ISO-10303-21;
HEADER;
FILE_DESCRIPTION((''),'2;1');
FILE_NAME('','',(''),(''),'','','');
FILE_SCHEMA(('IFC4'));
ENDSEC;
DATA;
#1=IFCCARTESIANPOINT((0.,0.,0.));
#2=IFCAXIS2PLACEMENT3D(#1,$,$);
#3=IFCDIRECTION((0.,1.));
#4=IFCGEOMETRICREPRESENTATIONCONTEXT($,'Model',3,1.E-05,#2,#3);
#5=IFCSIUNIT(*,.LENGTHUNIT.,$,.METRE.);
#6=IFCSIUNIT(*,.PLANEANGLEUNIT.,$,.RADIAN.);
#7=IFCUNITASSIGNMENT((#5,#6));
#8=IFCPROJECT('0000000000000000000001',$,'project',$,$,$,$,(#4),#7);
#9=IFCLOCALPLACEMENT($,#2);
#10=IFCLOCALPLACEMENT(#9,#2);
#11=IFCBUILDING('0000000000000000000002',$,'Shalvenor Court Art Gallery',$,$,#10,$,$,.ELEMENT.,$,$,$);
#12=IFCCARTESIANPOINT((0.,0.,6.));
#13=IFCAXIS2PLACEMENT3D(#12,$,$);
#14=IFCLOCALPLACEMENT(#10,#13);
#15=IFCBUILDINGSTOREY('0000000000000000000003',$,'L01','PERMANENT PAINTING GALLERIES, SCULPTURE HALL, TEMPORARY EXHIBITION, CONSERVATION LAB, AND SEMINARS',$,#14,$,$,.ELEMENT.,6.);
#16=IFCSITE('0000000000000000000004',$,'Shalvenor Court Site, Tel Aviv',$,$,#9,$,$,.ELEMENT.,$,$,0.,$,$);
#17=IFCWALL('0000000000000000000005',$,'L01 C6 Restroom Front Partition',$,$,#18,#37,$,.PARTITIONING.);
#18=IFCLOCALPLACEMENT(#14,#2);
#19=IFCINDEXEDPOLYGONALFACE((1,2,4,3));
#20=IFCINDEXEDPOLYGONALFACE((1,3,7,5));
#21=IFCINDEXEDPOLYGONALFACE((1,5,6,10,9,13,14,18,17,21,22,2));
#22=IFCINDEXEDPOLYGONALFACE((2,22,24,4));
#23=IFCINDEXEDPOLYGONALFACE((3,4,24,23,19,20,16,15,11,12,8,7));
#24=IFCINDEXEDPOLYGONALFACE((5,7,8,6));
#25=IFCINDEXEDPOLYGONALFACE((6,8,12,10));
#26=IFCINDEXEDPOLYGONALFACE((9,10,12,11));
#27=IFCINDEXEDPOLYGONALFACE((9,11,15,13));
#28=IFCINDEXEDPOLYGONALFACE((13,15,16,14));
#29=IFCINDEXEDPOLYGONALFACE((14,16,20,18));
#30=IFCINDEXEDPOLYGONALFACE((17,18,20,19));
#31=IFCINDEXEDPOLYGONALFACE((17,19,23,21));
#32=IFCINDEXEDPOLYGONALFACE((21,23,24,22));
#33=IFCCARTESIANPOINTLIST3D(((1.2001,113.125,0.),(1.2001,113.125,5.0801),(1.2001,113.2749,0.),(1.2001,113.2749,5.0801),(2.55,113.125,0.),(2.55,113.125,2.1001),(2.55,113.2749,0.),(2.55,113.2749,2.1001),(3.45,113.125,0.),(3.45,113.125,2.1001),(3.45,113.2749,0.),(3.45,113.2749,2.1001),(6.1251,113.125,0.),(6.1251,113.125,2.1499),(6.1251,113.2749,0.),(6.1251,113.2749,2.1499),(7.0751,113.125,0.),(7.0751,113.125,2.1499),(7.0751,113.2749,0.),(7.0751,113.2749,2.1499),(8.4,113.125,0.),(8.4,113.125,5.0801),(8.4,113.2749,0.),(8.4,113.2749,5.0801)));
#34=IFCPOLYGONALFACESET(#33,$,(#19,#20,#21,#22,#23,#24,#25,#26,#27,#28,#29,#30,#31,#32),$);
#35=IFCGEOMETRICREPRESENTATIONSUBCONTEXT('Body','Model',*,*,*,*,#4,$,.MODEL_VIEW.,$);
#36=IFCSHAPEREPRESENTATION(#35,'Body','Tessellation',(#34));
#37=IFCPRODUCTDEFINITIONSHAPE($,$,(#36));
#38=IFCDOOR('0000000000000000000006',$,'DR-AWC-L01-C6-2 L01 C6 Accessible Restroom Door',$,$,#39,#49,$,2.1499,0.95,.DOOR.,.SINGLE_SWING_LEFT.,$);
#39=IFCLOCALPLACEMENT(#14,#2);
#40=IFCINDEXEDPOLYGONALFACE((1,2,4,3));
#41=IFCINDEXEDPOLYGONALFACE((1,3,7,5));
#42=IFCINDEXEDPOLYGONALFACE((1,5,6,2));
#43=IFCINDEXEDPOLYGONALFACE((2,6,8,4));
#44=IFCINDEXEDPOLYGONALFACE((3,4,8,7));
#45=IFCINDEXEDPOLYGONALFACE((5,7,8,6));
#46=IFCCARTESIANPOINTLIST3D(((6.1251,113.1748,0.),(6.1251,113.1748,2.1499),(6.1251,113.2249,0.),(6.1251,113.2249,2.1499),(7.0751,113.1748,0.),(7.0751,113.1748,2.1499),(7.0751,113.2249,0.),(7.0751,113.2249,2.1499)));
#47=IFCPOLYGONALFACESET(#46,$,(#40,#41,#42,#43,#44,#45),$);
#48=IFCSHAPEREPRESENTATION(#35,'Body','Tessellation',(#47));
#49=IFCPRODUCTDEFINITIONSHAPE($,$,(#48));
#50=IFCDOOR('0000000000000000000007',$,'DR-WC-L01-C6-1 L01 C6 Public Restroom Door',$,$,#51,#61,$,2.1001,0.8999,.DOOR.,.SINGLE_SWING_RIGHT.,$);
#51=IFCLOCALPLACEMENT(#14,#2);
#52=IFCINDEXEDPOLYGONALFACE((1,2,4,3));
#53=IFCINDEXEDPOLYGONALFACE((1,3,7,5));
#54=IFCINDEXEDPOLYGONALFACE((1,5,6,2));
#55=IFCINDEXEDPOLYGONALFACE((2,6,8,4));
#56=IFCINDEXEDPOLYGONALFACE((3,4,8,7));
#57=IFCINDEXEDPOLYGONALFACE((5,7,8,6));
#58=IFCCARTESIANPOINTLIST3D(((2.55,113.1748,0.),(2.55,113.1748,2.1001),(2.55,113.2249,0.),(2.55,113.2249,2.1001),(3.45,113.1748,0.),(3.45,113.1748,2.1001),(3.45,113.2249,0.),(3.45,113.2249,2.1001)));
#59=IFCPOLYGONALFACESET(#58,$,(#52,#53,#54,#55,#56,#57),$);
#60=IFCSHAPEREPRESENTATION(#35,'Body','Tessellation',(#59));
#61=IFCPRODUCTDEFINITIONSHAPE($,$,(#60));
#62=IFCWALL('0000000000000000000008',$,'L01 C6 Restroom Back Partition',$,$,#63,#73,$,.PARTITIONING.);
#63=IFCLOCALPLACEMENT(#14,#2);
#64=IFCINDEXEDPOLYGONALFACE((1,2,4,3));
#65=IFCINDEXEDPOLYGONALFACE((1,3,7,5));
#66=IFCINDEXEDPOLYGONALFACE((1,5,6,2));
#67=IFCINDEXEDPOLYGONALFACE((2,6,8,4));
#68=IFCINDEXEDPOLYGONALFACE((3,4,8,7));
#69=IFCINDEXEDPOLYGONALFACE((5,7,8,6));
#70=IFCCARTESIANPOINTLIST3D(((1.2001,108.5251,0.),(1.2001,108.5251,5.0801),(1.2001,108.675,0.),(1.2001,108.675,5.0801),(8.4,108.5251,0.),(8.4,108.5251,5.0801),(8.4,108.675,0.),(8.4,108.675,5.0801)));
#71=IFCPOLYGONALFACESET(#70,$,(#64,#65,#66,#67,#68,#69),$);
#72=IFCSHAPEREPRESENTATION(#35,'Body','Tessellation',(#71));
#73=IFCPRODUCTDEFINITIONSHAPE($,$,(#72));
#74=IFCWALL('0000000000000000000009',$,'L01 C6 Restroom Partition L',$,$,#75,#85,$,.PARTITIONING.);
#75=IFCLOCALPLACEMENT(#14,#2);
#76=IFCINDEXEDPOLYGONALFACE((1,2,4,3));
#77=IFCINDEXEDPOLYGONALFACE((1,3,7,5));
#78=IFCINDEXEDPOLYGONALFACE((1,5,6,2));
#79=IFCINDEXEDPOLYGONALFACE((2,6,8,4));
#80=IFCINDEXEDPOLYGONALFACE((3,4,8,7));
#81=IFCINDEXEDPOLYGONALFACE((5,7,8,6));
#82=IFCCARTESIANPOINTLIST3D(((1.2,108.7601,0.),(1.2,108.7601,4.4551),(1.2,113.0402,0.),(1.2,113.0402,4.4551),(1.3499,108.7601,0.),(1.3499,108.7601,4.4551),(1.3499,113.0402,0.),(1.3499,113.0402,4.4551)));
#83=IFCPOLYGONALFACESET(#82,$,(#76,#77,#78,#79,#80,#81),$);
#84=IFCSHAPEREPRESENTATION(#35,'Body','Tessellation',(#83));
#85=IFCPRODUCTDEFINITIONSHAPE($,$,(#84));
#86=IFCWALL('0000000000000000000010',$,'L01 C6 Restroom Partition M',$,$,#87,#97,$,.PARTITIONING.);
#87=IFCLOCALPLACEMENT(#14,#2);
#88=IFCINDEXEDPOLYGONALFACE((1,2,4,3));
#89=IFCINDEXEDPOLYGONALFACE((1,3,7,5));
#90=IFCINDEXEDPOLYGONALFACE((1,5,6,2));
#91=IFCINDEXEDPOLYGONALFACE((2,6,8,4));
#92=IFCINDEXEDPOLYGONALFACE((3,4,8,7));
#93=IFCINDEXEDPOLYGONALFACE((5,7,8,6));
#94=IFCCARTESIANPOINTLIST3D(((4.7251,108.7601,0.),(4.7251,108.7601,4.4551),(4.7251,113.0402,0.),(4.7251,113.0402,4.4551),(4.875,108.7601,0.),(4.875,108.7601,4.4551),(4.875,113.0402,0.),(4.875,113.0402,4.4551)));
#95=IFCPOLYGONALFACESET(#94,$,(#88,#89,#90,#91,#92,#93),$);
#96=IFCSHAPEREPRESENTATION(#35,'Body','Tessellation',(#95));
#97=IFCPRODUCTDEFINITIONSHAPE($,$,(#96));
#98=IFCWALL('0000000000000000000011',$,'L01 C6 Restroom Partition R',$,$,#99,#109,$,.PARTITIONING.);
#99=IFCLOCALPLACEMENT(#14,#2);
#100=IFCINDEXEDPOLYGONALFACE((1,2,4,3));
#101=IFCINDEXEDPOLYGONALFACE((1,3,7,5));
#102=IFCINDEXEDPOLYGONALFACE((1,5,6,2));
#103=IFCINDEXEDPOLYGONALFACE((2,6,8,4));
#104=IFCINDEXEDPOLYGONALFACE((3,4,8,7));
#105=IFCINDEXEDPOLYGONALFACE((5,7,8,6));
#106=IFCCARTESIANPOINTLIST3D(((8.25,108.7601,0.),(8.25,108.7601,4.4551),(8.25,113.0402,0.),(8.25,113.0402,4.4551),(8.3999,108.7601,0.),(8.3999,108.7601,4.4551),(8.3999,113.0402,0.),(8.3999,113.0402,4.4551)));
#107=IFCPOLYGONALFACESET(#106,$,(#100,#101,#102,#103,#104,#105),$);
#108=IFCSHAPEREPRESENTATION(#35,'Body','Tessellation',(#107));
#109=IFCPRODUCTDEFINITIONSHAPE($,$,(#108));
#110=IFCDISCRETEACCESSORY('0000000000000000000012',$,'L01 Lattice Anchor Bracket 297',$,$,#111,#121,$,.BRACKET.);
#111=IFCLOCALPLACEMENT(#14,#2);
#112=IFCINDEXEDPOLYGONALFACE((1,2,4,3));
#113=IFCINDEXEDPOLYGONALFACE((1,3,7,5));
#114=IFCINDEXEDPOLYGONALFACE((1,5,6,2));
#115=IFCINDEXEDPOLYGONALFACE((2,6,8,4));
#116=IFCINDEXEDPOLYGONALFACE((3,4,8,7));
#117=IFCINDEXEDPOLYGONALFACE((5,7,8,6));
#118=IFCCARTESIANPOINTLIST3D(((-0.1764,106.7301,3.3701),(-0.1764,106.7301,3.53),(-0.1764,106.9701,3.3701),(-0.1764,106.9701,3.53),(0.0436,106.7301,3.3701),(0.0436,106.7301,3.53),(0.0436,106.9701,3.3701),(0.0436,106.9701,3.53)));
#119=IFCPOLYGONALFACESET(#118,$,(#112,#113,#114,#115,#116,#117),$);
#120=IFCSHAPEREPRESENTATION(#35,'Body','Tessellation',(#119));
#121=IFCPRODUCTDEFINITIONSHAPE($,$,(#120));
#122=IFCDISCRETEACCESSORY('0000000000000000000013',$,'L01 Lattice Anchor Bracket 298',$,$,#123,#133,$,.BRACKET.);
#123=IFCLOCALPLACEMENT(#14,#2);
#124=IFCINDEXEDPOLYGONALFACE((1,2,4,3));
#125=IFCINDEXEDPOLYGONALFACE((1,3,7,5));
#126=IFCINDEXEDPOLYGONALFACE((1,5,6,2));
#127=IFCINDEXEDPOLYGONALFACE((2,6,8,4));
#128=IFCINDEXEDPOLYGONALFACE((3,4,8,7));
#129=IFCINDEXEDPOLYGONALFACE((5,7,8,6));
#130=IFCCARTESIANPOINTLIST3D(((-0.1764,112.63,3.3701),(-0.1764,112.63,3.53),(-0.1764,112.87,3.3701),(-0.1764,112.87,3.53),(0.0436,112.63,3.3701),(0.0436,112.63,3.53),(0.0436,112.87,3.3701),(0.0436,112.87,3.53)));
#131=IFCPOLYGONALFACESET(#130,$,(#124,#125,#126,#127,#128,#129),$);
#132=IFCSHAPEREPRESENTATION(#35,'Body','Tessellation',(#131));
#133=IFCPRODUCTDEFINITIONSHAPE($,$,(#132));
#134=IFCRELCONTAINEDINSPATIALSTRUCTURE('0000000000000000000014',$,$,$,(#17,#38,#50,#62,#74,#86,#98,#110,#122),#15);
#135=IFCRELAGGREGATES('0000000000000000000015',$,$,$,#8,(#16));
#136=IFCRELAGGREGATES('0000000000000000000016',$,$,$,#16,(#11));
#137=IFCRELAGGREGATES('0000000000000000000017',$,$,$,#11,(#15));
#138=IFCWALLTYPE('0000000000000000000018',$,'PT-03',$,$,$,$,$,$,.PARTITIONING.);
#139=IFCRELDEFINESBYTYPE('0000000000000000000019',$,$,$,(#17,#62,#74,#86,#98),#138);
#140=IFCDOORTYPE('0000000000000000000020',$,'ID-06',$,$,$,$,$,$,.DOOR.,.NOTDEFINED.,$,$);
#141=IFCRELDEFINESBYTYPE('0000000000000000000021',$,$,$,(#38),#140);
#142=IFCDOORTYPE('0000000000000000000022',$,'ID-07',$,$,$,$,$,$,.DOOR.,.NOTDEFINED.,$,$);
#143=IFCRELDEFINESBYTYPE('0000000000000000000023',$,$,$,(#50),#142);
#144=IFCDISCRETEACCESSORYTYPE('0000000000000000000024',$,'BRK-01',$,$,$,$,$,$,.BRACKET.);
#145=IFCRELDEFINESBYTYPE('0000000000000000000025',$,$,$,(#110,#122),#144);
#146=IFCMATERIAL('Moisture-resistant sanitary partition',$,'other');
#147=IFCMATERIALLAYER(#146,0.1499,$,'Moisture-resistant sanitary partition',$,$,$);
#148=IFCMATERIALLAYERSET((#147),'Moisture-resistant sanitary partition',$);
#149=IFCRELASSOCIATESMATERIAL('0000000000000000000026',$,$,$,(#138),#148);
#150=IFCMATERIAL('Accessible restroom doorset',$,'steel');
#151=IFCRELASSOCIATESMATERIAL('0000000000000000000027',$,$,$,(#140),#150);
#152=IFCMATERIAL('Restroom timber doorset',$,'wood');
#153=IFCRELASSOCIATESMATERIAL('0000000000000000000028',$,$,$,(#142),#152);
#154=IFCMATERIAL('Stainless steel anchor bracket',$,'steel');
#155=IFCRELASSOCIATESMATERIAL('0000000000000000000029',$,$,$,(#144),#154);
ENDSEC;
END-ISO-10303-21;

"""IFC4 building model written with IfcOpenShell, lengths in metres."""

from ifc_helpers import new_model, si_unit, direction, frame, frame_2d, origin, origin_2d, place, context, subcontext, project, spatial, rectangle, extrude, material, layer, layer_set, type_object, element, fill, save


model = new_model("IFC4")

# Units and contexts
model_context = context("Model", 3, precision=1e-05, world=origin(), true_north=direction((0.0, 1.0)))
body_context = subcontext(model_context, "Body", "Model", "MODEL_VIEW")
ifc_project = project(units=[si_unit("LENGTHUNIT", "METRE"), si_unit("PLANEANGLEUNIT", "RADIAN")], contexts=[model_context])

# Site, building, storey
site_placement = place(None, origin())
site = spatial("IfcSite", under=ifc_project, at=site_placement, Name="Shalvenor Court Site, Tel Aviv", CompositionType="ELEMENT", RefElevation=0.0)
building_placement = place(site_placement, origin())
building = spatial("IfcBuilding", under=site, at=building_placement, Name="Shalvenor Court Art Gallery", CompositionType="ELEMENT")
storey_placement = place(building_placement, frame((0.0, 0.0, 6.0)))
storey = spatial("IfcBuildingStorey", under=building, at=storey_placement, Name="L01", Description="PERMANENT PAINTING GALLERIES, SCULPTURE HALL, TEMPORARY EXHIBITION, CONSERVATION LAB, AND SEMINARS", CompositionType="ELEMENT", Elevation=6.0)

# Wall, openings, doors
ifc_material_1 = material(Name="Moisture-resistant sanitary partition", Category="other")
ifc_layer_1 = layer(ifc_material_1, 0.1499, Name="Moisture-resistant sanitary partition")
ifc_layer_set_1 = layer_set([ifc_layer_1], Name="Moisture-resistant sanitary partition")
wall_type_1 = type_object("IfcWallType", Name="PT-03", PredefinedType="PARTITIONING", material=ifc_layer_set_1)
wall_1_placement = place(storey_placement, frame((1.2, 113.2, 0.0), z_axis=(0.0, 0.0, 1.0), x_axis=(1.0, 0.0, 0.0)))
wall_1 = element("IfcWall", 1, at=wall_1_placement, inside=storey, type_object=wall_type_1, Name="L01 C6 Restroom Front Partition", PredefinedType="PARTITIONING", context=body_context, shape_type="SweptSolid", body=[
    extrude(rectangle(XDim=7.2, YDim=0.1499, at=frame_2d((3.6001, 0.0))), origin(), (0.0, 0.0, 1.0), 5.0801),
])
opening_1_placement = place(wall_1_placement, frame((1.3501, 0.0, 0.0)))
opening_1 = element("IfcOpeningElement", 2, at=opening_1_placement, cuts=wall_1, PredefinedType="OPENING", context=body_context, shape_type="SweptSolid", body=[
    extrude(rectangle(XDim=0.8999, YDim=2.1001, at=frame_2d((0.45, 1.05))), frame((0.0, 0.085, 0.0), z_axis=(0.0, -1.0, 0.0), x_axis=(1.0, 0.0, 0.0)), (0.0, 0.0, 1.0), 0.1699),
])
opening_2_placement = place(wall_1_placement, frame((4.925, 0.0, 0.0)))
opening_2 = element("IfcOpeningElement", 3, at=opening_2_placement, cuts=wall_1, PredefinedType="OPENING", context=body_context, shape_type="SweptSolid", body=[
    extrude(rectangle(XDim=0.95, YDim=2.1499, at=frame_2d((0.4751, 1.075))), frame((0.0, 0.085, 0.0), z_axis=(0.0, -1.0, 0.0), x_axis=(1.0, 0.0, 0.0)), (0.0, 0.0, 1.0), 0.1699),
])
ifc_material_2 = material(Name="Accessible restroom doorset", Category="steel")
door_type_1 = type_object("IfcDoorType", Name="ID-06", OperationType="NOTDEFINED", PredefinedType="DOOR", material=ifc_material_2)
door_1_placement = place(opening_2_placement, origin())
door_1 = element("IfcDoor", 4, at=door_1_placement, inside=storey, type_object=door_type_1, Name="DR-AWC-L01-C6-2 L01 C6 Accessible Restroom Door", OperationType="SINGLE_SWING_LEFT", OverallHeight=2.1499, OverallWidth=0.95, PredefinedType="DOOR", context=body_context, shape_type="SweptSolid", body=[
    extrude(rectangle(XDim=0.95, YDim=2.1499, at=frame_2d((0.4751, 1.075))), frame((0.0, 0.0249, 0.0), z_axis=(0.0, -1.0, 0.0), x_axis=(1.0, 0.0, 0.0)), (0.0, 0.0, 1.0), 0.05),
])
fill(opening_2, door_1)
ifc_material_3 = material(Name="Restroom timber doorset", Category="wood")
door_type_2 = type_object("IfcDoorType", Name="ID-07", OperationType="NOTDEFINED", PredefinedType="DOOR", material=ifc_material_3)
door_2_placement = place(opening_1_placement, origin())
door_2 = element("IfcDoor", 5, at=door_2_placement, inside=storey, type_object=door_type_2, Name="DR-WC-L01-C6-1 L01 C6 Public Restroom Door", OperationType="SINGLE_SWING_RIGHT", OverallHeight=2.1001, OverallWidth=0.8999, PredefinedType="DOOR", context=body_context, shape_type="SweptSolid", body=[
    extrude(rectangle(XDim=0.8999, YDim=2.1001, at=frame_2d((0.45, 1.05))), frame((0.0, 0.0249, 0.0), z_axis=(0.0, -1.0, 0.0), x_axis=(1.0, 0.0, 0.0)), (0.0, 0.0, 1.0), 0.05),
])
fill(opening_1, door_2)

# Walls
wall_2_placement = place(storey_placement, frame((1.2, 108.6001, 0.0), z_axis=(0.0, 0.0, 1.0), x_axis=(1.0, 0.0, 0.0)))
element("IfcWall", 6, at=wall_2_placement, inside=storey, type_object=wall_type_1, Name="L01 C6 Restroom Back Partition", PredefinedType="PARTITIONING", context=body_context, shape_type="SweptSolid", body=[
    extrude(rectangle(XDim=7.2, YDim=0.1499, at=frame_2d((3.6001, 0.0))), origin(), (0.0, 0.0, 1.0), 5.0801),
])
for number, where, z_axis, x_axis, name in (
    (7, (1.2749, 108.76, 0.0), (0.0, 0.0, 1.0), (0.0, 1.0, 0.0), "L01 C6 Restroom Partition L"),
    (8, (4.8, 108.76, 0.0), (0.0, 0.0, 1.0), (0.0, 1.0, 0.0), "L01 C6 Restroom Partition M"),
    (9, (8.325, 108.76, 0.0), (0.0, 0.0, 1.0), (0.0, 1.0, 0.0), "L01 C6 Restroom Partition R"),
):
    element("IfcWall", number, at=place(storey_placement, frame(where, z_axis=z_axis, x_axis=x_axis)), inside=storey, type_object=wall_type_1, Name=name, PredefinedType="PARTITIONING", context=body_context, shape_type="SweptSolid", body=[
        extrude(rectangle(XDim=4.28, YDim=0.1499, at=frame_2d((2.1401, 0.0))), origin(), (0.0, 0.0, 1.0), 4.4551),
    ])

# Discrete accessories
ifc_material_4 = material(Name="Stainless steel anchor bracket", Category="steel")
discrete_accessory_type = type_object("IfcDiscreteAccessoryType", Name="BRK-01", PredefinedType="BRACKET", material=ifc_material_4)
for number, where, z_axis, x_axis, name in (
    (10, (-0.0664, 106.8501, 3.3701), (0.0, 0.0, 1.0), (0.0, 1.0, 0.0), "L01 Lattice Anchor Bracket 297"),
    (11, (-0.0664, 112.75, 3.3701), (0.0, 0.0, 1.0), (0.0, 1.0, 0.0), "L01 Lattice Anchor Bracket 298"),
):
    element("IfcDiscreteAccessory", number, at=place(storey_placement, frame(where, z_axis=z_axis, x_axis=x_axis)), inside=storey, type_object=discrete_accessory_type, Name=name, PredefinedType="BRACKET", context=body_context, shape_type="SweptSolid", body=[
        extrude(rectangle(XDim=0.24, YDim=0.22, at=origin_2d()), origin(), (0.0, 0.0, 1.0), 0.1599),
    ])

save(model, "model.ifc")
